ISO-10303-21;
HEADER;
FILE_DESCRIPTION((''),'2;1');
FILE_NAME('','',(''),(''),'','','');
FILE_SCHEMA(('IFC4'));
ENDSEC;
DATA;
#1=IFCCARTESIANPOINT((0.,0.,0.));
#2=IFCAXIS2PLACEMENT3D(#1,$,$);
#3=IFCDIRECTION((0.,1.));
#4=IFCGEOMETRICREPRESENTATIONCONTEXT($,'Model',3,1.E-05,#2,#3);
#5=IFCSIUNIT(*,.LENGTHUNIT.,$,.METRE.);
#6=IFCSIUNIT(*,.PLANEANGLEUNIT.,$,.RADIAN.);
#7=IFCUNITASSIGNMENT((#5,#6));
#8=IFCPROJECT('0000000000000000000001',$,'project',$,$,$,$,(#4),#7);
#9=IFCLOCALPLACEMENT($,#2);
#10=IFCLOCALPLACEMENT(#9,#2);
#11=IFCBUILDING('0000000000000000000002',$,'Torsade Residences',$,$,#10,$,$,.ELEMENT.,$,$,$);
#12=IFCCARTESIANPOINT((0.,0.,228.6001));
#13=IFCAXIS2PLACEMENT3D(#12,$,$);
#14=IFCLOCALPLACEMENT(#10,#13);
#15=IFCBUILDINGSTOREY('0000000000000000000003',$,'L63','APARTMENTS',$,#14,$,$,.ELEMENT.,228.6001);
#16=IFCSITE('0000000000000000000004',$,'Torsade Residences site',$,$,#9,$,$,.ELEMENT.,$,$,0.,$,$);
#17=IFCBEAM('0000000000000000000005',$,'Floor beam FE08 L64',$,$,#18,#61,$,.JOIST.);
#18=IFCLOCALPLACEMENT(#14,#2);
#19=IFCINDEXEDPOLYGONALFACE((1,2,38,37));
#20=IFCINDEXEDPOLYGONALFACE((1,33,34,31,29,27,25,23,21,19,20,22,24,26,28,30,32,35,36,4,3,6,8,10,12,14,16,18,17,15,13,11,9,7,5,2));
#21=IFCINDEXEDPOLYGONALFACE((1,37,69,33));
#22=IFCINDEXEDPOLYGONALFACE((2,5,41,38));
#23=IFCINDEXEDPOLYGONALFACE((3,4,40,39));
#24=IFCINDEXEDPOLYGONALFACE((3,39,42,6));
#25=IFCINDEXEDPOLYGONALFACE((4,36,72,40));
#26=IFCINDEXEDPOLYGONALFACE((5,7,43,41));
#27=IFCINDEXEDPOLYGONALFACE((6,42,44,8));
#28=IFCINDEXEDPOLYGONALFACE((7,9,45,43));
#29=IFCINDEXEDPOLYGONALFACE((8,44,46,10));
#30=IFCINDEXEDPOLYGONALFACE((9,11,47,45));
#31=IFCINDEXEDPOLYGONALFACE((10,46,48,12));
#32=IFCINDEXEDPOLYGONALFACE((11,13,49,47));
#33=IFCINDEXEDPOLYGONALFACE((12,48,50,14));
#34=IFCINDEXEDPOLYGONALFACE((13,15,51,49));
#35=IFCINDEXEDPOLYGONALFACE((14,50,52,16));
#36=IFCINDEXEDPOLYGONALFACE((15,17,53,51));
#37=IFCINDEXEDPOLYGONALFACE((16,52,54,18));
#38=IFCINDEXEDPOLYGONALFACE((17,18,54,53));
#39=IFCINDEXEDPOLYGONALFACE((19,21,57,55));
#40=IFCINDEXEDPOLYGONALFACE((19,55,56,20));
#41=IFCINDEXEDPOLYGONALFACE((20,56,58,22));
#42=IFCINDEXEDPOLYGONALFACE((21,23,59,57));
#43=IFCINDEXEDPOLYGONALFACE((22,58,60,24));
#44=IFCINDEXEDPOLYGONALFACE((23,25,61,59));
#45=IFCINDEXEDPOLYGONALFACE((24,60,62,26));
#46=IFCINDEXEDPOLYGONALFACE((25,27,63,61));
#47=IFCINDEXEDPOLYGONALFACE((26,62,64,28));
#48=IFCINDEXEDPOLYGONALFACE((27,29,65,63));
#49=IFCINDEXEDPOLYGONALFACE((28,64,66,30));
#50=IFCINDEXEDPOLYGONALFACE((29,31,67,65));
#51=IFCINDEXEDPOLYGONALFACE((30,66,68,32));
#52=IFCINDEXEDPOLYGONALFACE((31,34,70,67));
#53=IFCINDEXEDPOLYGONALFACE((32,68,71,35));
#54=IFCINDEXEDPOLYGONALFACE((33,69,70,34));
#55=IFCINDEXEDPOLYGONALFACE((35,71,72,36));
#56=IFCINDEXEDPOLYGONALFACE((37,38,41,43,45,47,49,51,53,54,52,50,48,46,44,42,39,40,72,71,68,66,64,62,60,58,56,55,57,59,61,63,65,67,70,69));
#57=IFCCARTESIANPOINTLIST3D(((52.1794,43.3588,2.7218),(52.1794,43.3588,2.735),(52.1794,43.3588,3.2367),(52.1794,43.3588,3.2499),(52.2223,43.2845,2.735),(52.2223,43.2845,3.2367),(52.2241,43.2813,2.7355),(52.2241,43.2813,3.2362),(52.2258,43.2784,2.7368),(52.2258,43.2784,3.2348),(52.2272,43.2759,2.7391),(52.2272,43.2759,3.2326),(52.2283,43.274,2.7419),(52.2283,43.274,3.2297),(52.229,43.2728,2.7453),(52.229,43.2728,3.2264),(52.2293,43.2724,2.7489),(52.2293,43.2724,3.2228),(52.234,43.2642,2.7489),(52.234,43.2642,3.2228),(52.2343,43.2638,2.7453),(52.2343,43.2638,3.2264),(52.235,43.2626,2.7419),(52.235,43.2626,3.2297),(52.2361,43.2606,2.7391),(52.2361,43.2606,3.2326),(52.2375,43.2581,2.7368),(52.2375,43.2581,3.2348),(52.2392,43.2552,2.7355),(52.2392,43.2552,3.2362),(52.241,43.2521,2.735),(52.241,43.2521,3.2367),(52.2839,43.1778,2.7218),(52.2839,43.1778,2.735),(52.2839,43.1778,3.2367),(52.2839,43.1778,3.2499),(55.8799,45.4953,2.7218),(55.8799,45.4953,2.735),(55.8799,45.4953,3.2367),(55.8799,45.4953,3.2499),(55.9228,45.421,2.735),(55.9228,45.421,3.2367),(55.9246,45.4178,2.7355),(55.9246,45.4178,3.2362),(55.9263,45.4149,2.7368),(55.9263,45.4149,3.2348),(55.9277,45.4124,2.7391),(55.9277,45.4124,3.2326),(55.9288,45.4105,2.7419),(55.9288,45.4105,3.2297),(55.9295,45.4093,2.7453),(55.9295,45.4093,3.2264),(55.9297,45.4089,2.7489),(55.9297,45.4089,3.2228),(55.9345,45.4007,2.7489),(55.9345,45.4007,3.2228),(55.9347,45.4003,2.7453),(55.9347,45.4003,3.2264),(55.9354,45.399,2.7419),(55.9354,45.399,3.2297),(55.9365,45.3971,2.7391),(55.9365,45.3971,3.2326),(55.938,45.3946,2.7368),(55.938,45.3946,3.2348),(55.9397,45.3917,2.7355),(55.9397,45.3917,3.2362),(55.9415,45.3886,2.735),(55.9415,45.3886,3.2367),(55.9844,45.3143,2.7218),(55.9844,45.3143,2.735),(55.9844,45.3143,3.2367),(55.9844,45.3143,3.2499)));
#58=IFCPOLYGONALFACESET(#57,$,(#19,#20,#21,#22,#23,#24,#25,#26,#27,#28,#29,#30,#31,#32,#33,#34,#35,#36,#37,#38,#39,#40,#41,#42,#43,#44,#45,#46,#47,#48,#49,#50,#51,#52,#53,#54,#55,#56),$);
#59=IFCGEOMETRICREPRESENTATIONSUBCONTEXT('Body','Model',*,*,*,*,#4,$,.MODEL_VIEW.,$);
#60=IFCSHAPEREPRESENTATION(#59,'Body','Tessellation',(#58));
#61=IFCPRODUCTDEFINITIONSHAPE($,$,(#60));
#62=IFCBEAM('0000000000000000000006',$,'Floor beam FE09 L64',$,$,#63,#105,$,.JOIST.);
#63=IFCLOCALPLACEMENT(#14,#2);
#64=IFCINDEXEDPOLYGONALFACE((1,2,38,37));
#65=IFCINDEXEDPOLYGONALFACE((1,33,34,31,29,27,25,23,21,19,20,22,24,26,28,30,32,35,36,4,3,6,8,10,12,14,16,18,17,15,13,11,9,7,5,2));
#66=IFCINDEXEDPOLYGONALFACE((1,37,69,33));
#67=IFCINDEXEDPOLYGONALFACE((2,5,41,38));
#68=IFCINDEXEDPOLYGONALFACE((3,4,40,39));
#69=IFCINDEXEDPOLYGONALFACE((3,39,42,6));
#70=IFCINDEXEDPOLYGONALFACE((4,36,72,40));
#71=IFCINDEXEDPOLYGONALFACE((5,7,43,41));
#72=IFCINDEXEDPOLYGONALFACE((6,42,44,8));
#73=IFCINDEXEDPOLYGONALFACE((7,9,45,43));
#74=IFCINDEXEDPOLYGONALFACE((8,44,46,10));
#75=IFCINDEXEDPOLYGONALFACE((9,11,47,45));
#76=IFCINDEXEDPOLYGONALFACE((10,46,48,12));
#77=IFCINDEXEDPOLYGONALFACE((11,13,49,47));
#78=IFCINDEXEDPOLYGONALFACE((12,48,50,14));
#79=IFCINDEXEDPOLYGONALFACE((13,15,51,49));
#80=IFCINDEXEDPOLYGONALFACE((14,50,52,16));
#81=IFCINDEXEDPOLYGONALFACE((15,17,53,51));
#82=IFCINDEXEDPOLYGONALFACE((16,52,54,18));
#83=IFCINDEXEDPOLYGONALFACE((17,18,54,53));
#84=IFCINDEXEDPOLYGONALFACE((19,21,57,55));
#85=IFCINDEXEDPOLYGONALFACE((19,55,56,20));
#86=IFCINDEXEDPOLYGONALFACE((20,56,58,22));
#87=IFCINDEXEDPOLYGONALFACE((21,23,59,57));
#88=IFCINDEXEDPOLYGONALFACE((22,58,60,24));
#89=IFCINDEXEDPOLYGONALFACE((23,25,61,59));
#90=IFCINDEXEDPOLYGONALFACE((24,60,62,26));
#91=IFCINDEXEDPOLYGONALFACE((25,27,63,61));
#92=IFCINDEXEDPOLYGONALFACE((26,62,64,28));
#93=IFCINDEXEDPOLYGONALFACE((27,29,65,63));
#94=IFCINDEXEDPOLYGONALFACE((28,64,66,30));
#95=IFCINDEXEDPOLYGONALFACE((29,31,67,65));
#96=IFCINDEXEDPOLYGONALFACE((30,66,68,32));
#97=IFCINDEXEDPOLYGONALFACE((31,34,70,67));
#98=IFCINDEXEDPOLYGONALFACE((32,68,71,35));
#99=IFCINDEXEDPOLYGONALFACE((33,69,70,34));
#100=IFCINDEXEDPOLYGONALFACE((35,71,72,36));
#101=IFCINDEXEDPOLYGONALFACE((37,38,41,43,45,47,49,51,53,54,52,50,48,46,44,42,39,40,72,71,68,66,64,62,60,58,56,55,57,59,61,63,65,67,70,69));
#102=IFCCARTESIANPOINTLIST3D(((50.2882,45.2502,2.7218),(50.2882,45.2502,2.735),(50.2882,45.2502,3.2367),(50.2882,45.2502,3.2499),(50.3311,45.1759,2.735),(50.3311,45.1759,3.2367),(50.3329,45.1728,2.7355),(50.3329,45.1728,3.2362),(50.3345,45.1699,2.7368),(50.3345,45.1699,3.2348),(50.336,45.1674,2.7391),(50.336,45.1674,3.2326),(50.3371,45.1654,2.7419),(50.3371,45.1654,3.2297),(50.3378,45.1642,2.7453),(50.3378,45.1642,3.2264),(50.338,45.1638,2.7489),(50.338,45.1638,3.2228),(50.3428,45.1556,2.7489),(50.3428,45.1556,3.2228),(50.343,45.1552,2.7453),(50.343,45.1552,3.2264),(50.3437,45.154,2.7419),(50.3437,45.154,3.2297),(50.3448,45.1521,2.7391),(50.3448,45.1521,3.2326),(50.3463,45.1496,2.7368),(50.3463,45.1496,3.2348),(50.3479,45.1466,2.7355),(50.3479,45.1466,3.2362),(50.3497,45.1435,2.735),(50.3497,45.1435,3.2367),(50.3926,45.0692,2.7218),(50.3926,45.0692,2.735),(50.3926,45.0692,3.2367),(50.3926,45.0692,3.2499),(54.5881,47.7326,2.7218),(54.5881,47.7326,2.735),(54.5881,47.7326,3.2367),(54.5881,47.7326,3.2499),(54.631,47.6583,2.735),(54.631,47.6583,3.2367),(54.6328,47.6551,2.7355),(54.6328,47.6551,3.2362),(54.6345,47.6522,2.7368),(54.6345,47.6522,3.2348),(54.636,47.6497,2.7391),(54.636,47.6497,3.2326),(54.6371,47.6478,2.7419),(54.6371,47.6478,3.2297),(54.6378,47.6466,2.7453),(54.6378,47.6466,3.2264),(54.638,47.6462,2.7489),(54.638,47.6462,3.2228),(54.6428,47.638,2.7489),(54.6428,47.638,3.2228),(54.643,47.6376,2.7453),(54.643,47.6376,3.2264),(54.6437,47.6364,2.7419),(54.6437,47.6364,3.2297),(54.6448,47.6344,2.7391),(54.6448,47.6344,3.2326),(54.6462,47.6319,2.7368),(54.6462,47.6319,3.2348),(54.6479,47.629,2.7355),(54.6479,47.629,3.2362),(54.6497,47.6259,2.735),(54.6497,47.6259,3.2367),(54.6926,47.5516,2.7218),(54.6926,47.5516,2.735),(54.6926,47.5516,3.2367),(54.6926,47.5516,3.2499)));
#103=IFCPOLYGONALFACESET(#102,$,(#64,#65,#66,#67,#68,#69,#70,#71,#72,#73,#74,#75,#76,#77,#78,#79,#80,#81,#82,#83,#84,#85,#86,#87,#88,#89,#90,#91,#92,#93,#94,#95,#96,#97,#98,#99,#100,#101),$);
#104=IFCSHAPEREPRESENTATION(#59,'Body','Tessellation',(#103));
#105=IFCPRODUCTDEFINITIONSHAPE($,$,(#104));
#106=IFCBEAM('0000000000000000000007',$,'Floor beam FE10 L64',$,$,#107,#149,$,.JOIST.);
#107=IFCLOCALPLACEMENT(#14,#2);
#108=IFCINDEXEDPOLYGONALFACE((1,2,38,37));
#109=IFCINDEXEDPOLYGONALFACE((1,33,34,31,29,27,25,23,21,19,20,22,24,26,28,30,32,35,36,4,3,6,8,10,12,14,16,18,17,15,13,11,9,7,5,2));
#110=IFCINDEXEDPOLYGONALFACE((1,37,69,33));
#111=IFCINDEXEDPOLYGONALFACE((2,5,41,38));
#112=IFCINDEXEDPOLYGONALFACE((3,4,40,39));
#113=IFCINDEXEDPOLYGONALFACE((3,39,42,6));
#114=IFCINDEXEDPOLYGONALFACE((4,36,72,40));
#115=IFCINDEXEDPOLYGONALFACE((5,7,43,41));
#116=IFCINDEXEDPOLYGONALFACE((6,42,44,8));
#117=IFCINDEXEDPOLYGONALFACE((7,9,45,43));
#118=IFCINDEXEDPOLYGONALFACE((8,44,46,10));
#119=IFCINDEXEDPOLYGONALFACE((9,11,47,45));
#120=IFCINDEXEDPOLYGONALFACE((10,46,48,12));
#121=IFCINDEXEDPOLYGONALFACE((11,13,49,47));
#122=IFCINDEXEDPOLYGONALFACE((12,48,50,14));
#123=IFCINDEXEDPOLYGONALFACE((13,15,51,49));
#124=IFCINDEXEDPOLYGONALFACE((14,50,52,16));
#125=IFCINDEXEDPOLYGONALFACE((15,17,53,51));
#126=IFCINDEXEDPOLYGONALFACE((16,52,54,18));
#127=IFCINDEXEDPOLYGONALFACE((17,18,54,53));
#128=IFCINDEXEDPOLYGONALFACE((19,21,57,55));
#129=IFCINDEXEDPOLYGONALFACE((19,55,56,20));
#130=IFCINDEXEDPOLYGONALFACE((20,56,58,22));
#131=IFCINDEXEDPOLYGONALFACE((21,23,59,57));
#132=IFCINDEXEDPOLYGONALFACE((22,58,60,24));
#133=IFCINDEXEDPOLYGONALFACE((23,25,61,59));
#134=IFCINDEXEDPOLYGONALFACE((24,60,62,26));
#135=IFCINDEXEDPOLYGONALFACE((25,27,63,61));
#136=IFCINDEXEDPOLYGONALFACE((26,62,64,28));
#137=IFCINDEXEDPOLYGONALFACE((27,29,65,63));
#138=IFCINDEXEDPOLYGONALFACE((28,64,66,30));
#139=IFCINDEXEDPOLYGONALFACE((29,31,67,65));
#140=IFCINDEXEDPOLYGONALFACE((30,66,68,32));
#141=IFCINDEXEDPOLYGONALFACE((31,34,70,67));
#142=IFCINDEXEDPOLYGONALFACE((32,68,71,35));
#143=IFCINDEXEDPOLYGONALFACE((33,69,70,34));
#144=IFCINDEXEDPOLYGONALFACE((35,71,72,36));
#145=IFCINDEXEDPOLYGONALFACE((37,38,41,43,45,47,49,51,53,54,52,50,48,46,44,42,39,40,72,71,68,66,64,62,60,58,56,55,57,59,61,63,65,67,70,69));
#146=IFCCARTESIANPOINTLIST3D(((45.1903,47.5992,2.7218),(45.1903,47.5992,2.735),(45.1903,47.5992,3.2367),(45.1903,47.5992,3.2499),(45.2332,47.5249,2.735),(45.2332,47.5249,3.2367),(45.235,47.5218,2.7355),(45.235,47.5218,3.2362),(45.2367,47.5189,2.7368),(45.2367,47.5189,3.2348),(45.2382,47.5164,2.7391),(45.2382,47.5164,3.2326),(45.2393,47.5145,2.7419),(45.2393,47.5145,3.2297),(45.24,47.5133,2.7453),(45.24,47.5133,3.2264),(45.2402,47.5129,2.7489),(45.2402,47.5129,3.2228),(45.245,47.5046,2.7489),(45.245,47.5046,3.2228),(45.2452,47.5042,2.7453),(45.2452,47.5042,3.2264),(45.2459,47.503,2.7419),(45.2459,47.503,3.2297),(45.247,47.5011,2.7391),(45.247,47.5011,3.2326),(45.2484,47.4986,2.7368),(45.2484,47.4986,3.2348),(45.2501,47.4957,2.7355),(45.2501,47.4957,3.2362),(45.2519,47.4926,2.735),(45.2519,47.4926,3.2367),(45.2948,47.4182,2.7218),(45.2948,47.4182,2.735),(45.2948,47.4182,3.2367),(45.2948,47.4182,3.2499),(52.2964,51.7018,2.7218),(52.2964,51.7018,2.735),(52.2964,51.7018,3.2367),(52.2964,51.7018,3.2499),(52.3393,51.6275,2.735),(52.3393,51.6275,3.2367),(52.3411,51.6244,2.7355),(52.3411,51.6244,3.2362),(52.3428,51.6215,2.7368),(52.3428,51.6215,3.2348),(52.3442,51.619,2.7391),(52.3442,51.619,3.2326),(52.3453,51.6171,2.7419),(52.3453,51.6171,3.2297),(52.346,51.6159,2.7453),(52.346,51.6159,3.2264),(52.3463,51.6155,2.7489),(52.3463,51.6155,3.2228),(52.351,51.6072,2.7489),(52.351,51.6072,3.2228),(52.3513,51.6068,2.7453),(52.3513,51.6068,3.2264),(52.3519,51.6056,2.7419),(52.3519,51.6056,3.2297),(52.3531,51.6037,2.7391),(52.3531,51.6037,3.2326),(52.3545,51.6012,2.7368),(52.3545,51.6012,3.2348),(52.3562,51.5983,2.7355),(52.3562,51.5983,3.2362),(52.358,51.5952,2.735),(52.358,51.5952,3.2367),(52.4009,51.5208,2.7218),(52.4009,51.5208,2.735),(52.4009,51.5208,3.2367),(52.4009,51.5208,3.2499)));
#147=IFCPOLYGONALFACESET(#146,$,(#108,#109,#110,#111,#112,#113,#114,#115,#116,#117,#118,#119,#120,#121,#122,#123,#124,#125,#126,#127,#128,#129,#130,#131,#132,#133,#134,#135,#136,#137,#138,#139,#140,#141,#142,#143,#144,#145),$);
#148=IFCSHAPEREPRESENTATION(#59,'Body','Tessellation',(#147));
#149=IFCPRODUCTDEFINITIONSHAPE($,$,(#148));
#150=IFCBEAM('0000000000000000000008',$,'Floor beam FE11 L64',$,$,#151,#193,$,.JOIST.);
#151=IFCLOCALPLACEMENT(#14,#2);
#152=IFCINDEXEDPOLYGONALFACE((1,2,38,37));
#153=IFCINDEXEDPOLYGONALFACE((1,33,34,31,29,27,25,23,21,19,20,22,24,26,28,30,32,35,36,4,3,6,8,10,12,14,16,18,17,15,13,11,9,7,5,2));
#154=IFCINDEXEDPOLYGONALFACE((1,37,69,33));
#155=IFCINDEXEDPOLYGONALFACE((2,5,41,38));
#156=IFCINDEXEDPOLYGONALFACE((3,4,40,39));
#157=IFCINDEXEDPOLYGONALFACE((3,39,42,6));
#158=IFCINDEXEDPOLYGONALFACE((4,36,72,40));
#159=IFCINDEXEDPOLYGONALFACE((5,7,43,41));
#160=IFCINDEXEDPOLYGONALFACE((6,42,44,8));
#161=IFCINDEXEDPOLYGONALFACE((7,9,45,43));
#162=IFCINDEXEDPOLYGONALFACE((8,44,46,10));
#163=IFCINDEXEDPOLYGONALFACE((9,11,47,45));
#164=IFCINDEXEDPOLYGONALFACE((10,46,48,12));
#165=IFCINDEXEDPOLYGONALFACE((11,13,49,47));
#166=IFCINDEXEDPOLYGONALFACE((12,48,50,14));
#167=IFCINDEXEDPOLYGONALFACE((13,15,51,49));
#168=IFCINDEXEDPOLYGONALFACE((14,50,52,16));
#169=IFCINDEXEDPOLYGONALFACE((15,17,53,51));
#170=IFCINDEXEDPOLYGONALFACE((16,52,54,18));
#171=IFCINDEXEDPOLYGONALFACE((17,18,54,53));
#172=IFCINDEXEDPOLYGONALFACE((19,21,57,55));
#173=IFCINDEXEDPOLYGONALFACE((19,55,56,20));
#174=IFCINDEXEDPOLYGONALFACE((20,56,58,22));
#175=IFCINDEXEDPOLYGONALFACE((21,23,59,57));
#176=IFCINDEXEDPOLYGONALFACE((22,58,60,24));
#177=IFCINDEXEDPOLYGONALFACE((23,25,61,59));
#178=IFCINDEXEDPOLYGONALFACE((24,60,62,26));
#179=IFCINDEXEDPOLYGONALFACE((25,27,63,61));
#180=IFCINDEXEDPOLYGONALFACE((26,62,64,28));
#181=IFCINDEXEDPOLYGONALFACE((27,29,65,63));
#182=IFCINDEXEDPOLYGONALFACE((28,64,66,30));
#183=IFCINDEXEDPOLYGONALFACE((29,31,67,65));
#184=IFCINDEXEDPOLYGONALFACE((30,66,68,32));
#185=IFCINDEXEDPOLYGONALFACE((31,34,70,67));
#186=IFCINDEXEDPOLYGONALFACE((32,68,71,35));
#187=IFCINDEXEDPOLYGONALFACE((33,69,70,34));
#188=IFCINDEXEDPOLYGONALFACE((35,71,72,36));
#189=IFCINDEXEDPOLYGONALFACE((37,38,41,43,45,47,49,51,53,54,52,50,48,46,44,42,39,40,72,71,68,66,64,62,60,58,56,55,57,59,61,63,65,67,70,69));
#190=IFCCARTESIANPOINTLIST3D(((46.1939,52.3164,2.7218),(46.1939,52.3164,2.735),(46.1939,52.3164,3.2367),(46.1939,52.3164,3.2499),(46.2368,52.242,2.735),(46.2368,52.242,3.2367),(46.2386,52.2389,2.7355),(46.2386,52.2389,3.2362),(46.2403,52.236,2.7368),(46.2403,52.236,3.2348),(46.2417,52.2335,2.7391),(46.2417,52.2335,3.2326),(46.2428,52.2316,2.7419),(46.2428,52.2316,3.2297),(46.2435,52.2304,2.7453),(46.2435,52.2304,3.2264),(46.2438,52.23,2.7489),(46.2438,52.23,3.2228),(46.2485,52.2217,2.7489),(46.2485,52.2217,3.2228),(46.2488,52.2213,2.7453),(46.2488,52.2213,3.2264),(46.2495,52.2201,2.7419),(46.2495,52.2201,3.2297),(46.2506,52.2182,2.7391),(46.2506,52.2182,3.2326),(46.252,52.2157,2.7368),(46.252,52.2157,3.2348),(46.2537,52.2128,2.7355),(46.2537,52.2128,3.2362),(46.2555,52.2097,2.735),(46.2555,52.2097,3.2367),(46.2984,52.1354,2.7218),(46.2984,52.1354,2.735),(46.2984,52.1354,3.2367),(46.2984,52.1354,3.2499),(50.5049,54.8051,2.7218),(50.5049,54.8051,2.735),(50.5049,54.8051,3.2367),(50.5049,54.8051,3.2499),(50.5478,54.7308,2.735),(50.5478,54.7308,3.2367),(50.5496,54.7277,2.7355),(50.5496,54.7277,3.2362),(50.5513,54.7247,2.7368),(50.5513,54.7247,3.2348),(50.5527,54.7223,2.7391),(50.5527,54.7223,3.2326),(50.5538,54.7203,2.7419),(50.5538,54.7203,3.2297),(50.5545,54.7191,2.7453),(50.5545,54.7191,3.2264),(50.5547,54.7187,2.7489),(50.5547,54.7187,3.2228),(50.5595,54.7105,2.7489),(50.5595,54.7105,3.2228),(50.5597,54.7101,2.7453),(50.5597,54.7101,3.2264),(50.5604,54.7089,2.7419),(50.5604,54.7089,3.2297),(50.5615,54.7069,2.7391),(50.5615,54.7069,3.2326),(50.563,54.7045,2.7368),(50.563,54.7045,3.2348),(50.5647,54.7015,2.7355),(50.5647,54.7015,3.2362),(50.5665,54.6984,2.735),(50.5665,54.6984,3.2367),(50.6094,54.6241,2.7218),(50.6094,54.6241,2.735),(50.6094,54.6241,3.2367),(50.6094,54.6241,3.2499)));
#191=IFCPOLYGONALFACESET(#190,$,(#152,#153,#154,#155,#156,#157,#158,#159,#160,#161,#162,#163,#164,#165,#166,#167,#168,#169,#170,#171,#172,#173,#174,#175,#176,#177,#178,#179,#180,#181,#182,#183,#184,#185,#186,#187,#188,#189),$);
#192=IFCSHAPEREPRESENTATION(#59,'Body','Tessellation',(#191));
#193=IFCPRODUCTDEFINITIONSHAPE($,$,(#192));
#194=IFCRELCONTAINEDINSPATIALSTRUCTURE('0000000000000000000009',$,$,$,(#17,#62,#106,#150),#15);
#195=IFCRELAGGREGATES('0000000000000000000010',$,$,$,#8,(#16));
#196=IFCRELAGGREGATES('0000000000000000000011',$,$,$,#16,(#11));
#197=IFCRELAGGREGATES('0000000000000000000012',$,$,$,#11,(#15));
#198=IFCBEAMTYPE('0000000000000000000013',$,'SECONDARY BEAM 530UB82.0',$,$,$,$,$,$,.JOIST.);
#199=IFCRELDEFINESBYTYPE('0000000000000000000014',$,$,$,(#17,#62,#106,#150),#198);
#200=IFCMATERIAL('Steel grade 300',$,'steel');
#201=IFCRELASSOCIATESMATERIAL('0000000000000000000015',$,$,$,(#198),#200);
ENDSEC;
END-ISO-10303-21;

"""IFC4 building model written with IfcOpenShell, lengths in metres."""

from ifc_helpers import new_model, si_unit, direction, frame, origin, origin_2d, place, context, subcontext, project, spatial, i_section, extrude, material, material_profile, profile_set, type_object, element, save


model = new_model("IFC4")

# Units and contexts
model_context = context("Model", 3, precision=1e-05, world=origin(), true_north=direction((0.0, 1.0)))
body_context = subcontext(model_context, "Body", "Model", "MODEL_VIEW")
ifc_project = project(units=[si_unit("LENGTHUNIT", "METRE"), si_unit("PLANEANGLEUNIT", "RADIAN")], contexts=[model_context])

# Site, building, storey
site_placement = place(None, origin())
site = spatial("IfcSite", under=ifc_project, at=site_placement, Name="Torsade Residences site", CompositionType="ELEMENT", RefElevation=0.0)
building_placement = place(site_placement, origin())
building = spatial("IfcBuilding", under=site, at=building_placement, Name="Torsade Residences", CompositionType="ELEMENT")
storey_placement = place(building_placement, frame((0.0, 0.0, 228.6001)))
storey = spatial("IfcBuildingStorey", under=building, at=storey_placement, Name="L63", Description="APARTMENTS", CompositionType="ELEMENT", Elevation=228.6001)

# Beams
ifc_material_1 = material(Name="Steel grade 300", Category="steel")
ifc_material_profile_1 = material_profile(ifc_material_1, i_section(OverallWidth=0.209, OverallDepth=0.5281, WebThickness=0.0095, FlangeThickness=0.0132, FilletRadius=0.0139, at=origin_2d()), Name="530UB82.0")
ifc_profile_set_1 = profile_set([ifc_material_profile_1], Name="Steel grade 300")
beam_type_1 = type_object("IfcBeamType", Name="SECONDARY BEAM 530UB82.0", PredefinedType="JOIST", material=ifc_profile_set_1)
beam_1_placement = place(storey_placement, frame((55.9321, 45.4048, 2.9858), z_axis=(-0.866023, -0.500004, 0.0), x_axis=(0.500004, -0.866023, 0.0)))
element("IfcBeam", 1, at=beam_1_placement, inside=storey, type_object=beam_type_1, Name="Floor beam FE08 L64", PredefinedType="JOIST", context=body_context, shape_type="SweptSolid", body=[
    extrude(i_section(OverallWidth=0.209, OverallDepth=0.5281, WebThickness=0.0095, FlangeThickness=0.0132, FilletRadius=0.0139, at=origin_2d()), origin(), (0.0, 0.0, 1.0), 4.2729),
])
beam_2_placement = place(storey_placement, frame((54.6404, 47.6421, 2.9858), z_axis=(-0.866044, -0.499968, 0.0), x_axis=(0.499968, -0.866044, 0.0)))
element("IfcBeam", 2, at=beam_2_placement, inside=storey, type_object=beam_type_1, Name="Floor beam FE09 L64", PredefinedType="JOIST", context=body_context, shape_type="SweptSolid", body=[
    extrude(i_section(OverallWidth=0.209, OverallDepth=0.5281, WebThickness=0.0095, FlangeThickness=0.0132, FilletRadius=0.0139, at=origin_2d()), origin(), (0.0, 0.0, 1.0), 4.9651),
])
beam_3_placement = place(storey_placement, frame((52.3486, 51.6113, 2.9858), z_axis=(-0.86603, -0.499992, 0.0), x_axis=(0.499992, -0.86603, 0.0)))
element("IfcBeam", 3, at=beam_3_placement, inside=storey, type_object=beam_type_1, Name="Floor beam FE10 L64", PredefinedType="JOIST", context=body_context, shape_type="SweptSolid", body=[
    extrude(i_section(OverallWidth=0.209, OverallDepth=0.5281, WebThickness=0.0095, FlangeThickness=0.0132, FilletRadius=0.0139, at=origin_2d()), origin(), (0.0, 0.0, 1.0), 8.2053),
])
beam_4_placement = place(storey_placement, frame((50.5571, 54.7146, 2.9858), z_axis=(-0.866043, -0.499969, 0.0), x_axis=(0.499969, -0.866043, 0.0)))
element("IfcBeam", 4, at=beam_4_placement, inside=storey, type_object=beam_type_1, Name="Floor beam FE11 L64", PredefinedType="JOIST", context=body_context, shape_type="SweptSolid", body=[
    extrude(i_section(OverallWidth=0.209, OverallDepth=0.5281, WebThickness=0.0095, FlangeThickness=0.0132, FilletRadius=0.0139, at=origin_2d()), origin(), (0.0, 0.0, 1.0), 4.9778),
])

save(model, "model.ifc")
